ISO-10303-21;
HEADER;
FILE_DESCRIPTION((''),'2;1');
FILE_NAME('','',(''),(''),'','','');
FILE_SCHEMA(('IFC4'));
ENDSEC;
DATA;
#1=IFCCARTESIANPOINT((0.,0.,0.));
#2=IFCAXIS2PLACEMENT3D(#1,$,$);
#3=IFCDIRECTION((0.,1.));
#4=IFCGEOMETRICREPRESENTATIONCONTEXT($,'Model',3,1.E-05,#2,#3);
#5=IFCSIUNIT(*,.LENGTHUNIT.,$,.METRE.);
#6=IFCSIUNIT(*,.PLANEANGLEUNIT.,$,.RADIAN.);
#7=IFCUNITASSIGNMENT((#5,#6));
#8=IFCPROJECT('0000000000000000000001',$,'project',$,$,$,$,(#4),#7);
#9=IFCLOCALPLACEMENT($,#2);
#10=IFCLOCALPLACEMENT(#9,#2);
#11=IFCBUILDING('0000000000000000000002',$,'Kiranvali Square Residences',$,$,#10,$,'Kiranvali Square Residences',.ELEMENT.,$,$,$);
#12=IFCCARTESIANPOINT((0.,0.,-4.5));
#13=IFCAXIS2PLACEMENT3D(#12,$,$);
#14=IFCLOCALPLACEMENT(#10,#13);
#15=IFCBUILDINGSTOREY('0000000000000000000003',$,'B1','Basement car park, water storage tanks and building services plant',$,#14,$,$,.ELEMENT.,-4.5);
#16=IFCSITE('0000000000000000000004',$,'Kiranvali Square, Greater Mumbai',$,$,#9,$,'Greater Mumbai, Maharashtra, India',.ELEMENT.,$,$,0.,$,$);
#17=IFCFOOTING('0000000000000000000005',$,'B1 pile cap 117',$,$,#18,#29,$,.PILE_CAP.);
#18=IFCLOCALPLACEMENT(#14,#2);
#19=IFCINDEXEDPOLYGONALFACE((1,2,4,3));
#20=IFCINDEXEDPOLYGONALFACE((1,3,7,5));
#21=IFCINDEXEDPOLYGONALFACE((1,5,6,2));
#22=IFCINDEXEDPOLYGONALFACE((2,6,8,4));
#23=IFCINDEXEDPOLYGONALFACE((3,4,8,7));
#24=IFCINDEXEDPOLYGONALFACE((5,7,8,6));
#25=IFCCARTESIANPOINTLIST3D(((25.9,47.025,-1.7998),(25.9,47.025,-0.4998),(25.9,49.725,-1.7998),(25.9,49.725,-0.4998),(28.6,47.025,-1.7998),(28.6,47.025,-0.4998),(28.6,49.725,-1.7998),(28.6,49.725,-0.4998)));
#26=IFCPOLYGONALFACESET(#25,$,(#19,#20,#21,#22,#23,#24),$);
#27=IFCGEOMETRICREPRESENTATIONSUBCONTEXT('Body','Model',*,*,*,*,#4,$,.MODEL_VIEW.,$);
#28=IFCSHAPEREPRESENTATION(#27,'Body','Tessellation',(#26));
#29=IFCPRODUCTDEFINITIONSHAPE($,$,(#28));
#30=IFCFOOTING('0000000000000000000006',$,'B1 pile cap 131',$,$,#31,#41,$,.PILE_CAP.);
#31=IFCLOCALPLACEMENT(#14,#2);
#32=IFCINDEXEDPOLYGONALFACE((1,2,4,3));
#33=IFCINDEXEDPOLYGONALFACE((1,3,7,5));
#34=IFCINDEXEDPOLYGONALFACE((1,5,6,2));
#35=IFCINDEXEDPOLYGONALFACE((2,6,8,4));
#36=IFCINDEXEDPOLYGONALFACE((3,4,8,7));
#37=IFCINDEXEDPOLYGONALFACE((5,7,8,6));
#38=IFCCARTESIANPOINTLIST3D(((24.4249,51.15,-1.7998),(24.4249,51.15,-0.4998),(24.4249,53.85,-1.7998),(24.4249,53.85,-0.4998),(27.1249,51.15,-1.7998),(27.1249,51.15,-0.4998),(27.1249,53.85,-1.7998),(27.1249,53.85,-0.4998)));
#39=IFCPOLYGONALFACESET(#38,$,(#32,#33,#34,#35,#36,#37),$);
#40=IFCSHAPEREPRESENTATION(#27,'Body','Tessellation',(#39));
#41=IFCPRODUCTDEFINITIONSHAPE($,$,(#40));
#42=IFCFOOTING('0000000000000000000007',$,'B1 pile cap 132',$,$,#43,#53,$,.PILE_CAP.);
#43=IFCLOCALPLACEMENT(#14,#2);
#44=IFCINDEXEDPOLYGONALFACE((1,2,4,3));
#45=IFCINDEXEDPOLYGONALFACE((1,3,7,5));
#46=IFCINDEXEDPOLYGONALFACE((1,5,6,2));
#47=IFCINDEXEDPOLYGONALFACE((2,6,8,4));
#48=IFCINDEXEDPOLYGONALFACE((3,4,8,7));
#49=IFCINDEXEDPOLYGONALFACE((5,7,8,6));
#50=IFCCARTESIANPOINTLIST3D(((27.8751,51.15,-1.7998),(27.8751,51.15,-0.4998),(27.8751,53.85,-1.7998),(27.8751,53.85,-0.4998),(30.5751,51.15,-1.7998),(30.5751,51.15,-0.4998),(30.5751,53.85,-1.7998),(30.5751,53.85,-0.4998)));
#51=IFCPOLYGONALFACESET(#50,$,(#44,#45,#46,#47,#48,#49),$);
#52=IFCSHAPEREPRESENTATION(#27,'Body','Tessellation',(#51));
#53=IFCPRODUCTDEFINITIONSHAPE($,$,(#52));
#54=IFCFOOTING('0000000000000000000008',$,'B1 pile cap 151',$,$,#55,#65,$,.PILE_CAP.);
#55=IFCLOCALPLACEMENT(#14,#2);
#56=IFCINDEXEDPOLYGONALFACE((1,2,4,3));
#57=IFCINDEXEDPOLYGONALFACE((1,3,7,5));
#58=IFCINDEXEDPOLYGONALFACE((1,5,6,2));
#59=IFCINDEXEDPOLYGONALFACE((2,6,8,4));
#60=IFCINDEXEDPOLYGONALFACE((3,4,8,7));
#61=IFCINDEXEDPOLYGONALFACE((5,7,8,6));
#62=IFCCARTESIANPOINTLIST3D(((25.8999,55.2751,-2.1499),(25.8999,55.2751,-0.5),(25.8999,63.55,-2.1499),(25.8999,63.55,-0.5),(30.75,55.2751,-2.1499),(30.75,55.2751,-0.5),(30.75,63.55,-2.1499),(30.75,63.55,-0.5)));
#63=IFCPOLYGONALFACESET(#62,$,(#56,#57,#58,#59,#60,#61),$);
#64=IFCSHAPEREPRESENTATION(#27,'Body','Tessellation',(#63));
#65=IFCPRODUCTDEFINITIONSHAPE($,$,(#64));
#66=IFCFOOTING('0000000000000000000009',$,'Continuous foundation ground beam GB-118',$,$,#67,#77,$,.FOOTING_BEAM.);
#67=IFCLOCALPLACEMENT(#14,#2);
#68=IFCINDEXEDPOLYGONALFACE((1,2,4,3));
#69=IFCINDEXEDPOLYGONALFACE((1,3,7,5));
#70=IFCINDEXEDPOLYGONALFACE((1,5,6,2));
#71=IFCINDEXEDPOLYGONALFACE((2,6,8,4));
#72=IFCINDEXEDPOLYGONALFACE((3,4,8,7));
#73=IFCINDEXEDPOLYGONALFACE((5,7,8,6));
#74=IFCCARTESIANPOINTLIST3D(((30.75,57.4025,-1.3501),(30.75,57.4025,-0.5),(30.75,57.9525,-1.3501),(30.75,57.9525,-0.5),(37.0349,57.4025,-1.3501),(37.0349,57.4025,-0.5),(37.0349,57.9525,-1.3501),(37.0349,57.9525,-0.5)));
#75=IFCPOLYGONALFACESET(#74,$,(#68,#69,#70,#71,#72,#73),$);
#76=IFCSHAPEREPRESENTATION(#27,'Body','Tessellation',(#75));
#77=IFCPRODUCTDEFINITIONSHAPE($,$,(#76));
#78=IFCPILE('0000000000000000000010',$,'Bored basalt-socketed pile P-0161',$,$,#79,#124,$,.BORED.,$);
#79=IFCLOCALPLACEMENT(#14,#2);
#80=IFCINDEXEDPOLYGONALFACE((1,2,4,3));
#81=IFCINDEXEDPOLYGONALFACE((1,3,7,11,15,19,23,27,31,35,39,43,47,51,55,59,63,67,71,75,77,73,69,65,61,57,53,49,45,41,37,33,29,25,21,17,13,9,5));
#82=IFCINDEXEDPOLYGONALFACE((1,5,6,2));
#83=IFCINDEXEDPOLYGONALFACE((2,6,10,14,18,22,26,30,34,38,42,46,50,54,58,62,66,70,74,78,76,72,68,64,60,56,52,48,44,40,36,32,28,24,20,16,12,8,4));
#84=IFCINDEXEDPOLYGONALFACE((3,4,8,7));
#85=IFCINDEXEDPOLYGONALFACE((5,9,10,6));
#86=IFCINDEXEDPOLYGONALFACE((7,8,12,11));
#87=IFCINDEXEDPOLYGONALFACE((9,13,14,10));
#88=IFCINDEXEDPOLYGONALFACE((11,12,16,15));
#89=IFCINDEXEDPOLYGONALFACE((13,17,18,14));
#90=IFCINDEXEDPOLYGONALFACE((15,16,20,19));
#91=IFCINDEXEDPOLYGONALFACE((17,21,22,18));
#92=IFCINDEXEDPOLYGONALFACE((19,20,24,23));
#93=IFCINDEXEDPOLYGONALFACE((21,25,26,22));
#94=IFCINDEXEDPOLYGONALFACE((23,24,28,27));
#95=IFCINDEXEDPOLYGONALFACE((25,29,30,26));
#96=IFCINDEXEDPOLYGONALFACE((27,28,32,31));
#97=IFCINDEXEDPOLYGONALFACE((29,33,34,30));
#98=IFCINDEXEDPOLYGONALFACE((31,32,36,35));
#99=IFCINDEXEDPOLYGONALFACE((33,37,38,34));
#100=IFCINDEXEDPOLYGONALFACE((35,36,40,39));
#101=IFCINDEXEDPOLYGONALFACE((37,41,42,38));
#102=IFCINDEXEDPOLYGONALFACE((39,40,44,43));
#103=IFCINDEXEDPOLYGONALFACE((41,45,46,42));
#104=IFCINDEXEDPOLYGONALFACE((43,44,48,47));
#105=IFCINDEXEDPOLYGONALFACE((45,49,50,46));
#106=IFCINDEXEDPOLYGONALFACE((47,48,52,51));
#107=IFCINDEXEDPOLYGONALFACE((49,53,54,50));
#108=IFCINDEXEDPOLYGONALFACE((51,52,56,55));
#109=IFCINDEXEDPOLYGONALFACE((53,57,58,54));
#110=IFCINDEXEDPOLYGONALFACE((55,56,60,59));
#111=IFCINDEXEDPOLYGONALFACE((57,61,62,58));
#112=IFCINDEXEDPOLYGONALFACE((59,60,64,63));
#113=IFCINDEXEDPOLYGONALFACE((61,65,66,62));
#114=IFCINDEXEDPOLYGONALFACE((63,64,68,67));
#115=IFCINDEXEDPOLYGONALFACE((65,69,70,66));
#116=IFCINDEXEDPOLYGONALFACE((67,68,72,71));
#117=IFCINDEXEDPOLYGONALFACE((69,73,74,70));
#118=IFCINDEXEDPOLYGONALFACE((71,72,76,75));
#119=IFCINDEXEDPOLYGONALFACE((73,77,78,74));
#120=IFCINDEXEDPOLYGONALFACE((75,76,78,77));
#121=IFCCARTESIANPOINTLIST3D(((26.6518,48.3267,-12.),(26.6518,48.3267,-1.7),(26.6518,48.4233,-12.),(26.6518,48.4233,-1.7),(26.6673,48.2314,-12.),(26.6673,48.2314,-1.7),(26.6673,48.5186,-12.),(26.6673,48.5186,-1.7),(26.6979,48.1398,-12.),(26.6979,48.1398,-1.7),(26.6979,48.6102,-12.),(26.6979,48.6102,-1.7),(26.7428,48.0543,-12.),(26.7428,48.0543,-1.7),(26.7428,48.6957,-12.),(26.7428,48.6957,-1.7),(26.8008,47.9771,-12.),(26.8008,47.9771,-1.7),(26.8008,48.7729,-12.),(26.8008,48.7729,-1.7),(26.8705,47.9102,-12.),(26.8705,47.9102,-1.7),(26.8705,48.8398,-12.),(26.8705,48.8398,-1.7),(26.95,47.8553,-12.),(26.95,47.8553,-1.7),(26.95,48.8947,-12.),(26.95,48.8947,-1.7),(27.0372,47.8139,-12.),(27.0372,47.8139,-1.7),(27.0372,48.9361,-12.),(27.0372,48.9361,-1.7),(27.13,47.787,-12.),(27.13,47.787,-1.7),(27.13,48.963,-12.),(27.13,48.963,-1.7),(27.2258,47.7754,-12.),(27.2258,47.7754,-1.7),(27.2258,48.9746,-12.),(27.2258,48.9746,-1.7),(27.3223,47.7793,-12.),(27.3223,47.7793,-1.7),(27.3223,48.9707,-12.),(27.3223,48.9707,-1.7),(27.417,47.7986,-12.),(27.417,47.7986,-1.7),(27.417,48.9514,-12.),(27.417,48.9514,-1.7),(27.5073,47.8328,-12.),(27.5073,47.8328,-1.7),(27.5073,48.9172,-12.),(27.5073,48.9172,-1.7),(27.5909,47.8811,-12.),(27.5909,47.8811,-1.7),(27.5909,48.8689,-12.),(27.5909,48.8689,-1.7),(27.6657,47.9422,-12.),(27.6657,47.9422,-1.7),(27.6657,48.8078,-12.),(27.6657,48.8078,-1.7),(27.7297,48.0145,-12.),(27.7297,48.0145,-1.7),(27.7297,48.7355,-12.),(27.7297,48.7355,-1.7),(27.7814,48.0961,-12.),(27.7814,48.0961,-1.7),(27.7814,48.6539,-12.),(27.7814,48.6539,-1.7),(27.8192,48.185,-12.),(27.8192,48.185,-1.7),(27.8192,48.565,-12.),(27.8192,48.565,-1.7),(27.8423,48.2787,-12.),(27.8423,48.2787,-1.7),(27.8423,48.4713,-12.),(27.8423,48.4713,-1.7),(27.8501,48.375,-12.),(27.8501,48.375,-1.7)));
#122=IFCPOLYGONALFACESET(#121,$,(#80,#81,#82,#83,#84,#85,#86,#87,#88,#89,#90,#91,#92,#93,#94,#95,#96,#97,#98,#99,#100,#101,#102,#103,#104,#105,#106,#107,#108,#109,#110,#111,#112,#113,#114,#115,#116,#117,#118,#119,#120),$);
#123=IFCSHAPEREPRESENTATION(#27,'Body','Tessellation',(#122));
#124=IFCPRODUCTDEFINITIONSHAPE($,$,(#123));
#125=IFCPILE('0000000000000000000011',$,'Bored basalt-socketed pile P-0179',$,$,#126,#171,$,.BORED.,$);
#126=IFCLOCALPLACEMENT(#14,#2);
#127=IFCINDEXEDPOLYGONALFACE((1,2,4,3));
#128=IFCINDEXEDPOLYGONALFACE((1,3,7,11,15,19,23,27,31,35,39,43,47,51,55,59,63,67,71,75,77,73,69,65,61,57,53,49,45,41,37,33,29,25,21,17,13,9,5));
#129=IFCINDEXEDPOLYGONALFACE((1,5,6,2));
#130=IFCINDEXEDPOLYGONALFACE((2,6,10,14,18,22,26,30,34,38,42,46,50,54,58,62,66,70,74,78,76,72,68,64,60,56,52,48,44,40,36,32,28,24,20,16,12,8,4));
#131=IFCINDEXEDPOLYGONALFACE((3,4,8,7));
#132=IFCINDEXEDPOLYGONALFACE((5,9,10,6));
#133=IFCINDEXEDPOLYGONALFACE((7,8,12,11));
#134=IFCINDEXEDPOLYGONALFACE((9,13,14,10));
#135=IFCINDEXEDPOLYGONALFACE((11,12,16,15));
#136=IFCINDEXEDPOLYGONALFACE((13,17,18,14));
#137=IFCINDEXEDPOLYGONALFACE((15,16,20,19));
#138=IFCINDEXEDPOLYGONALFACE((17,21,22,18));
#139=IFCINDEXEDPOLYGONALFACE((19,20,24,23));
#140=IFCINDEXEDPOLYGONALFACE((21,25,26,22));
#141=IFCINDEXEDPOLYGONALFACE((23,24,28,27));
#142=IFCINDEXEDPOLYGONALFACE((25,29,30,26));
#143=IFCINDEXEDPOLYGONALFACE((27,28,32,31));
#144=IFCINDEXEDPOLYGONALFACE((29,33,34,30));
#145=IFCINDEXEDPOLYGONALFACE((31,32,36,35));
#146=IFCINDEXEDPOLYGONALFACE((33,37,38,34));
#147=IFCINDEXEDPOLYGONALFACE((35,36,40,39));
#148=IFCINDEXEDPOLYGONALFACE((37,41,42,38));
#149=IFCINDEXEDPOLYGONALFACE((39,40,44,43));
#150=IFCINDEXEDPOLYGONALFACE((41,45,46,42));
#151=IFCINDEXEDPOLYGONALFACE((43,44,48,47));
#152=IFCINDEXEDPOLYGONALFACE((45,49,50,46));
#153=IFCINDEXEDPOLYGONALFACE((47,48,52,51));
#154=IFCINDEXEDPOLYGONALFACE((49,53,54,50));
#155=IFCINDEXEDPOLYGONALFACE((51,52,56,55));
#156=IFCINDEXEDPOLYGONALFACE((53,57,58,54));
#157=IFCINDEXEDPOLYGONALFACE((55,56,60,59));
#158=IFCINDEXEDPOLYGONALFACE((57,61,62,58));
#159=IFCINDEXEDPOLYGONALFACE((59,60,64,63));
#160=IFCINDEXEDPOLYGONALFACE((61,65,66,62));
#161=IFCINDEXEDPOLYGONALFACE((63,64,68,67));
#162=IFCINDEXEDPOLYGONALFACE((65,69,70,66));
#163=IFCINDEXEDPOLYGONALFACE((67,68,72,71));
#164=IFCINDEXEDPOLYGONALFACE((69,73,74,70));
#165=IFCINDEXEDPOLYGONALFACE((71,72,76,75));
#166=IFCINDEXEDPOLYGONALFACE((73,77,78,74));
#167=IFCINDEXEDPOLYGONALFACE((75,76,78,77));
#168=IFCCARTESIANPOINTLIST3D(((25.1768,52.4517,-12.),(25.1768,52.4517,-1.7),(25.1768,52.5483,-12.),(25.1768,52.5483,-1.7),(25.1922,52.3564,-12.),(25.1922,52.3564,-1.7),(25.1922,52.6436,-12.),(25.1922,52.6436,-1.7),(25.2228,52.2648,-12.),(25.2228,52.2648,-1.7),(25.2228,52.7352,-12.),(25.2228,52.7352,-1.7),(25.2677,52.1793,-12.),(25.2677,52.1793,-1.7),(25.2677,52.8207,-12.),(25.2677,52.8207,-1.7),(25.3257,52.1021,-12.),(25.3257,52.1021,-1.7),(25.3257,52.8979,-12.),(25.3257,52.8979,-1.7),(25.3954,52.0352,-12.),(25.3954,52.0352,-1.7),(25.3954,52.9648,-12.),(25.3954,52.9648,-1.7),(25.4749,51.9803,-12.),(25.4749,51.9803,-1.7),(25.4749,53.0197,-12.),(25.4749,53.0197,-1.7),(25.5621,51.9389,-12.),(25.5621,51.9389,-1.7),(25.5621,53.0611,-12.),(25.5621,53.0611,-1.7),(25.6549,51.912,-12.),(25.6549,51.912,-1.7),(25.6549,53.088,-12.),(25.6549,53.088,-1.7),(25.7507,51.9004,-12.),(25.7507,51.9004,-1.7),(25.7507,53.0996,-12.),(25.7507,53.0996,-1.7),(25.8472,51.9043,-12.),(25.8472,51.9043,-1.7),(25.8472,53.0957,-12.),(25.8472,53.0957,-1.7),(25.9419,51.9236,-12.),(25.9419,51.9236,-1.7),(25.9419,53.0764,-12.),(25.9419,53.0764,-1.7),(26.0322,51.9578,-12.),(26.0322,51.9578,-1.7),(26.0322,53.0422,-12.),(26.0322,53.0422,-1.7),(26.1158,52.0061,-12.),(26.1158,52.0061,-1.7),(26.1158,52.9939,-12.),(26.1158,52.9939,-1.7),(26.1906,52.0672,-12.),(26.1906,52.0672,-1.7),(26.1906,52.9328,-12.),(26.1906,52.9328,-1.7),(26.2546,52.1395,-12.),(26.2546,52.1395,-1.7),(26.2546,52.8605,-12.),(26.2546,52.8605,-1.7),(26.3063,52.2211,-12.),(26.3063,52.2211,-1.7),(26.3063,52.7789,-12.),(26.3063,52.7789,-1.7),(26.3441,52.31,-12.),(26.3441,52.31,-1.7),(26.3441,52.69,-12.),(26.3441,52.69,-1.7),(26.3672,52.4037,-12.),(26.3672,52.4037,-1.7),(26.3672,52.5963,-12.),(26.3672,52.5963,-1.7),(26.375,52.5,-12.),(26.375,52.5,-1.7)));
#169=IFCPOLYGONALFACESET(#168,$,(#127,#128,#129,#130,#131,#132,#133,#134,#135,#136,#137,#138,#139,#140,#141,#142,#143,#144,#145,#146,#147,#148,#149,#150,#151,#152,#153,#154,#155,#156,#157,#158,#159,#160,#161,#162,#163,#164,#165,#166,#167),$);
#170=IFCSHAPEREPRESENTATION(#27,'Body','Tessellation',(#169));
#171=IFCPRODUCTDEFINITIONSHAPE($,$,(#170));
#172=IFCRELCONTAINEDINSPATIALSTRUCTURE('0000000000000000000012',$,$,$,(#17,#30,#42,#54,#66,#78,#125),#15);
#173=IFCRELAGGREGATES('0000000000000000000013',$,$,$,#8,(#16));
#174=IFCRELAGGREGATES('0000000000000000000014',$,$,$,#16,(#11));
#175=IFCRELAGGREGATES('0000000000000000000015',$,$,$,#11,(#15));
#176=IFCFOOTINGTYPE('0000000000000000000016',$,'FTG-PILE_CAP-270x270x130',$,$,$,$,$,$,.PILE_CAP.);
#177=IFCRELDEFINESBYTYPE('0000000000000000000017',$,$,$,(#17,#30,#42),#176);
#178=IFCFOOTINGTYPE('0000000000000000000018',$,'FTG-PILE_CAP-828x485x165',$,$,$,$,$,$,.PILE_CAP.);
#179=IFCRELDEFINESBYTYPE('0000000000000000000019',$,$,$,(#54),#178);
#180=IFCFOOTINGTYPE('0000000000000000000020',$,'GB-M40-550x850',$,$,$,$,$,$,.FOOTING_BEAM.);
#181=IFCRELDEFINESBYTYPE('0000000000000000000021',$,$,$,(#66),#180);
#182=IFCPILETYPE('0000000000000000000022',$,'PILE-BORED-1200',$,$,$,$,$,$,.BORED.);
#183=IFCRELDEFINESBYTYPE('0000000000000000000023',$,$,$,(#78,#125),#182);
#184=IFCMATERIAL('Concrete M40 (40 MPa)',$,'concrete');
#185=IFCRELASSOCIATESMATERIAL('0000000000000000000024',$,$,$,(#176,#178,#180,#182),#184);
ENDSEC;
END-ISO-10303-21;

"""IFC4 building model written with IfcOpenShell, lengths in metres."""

from ifc_helpers import new_model, si_unit, direction, frame, origin, origin_2d, place, context, subcontext, project, spatial, rectangle, circle, extrude, material, material_profile, profile_set, type_object, element, save


model = new_model("IFC4")

# Units and contexts
model_context = context("Model", 3, precision=1e-05, world=origin(), true_north=direction((0.0, 1.0)))
body_context = subcontext(model_context, "Body", "Model", "MODEL_VIEW")
ifc_project = project(units=[si_unit("LENGTHUNIT", "METRE"), si_unit("PLANEANGLEUNIT", "RADIAN")], contexts=[model_context])

# Site, building, storey
site_placement = place(None, origin())
site = spatial("IfcSite", under=ifc_project, at=site_placement, Name="Kiranvali Square, Greater Mumbai", LongName="Greater Mumbai, Maharashtra, India", CompositionType="ELEMENT", RefElevation=0.0)
building_placement = place(site_placement, origin())
building = spatial("IfcBuilding", under=site, at=building_placement, Name="Kiranvali Square Residences", LongName="Kiranvali Square Residences", CompositionType="ELEMENT")
storey_placement = place(building_placement, frame((0.0, 0.0, -4.5)))
storey = spatial("IfcBuildingStorey", under=building, at=storey_placement, Name="B1", Description="Basement car park, water storage tanks and building services plant", CompositionType="ELEMENT", Elevation=-4.5)

# Footings
ifc_material_1 = material(Name="Concrete M40 (40 MPa)", Category="concrete")
footing_type_1 = type_object("IfcFootingType", Name="FTG-PILE_CAP-270x270x130", PredefinedType="PILE_CAP", material=ifc_material_1)
for number, where, z_axis, x_axis, name in (
    (1, (27.25, 48.375, -1.7998), (0.0, 0.0, 1.0), (1.0, 0.0, 0.0), "B1 pile cap 117"),
    (2, (25.7749, 52.5, -1.7998), (0.0, 0.0, 1.0), (1.0, 0.0, 0.0), "B1 pile cap 131"),
    (3, (29.2251, 52.5, -1.7998), (0.0, 0.0, 1.0), (1.0, 0.0, 0.0), "B1 pile cap 132"),
):
    element("IfcFooting", number, at=place(storey_placement, frame(where, z_axis=z_axis, x_axis=x_axis)), inside=storey, type_object=footing_type_1, Name=name, PredefinedType="PILE_CAP", context=body_context, shape_type="SweptSolid", body=[
        extrude(rectangle(XDim=2.7, YDim=2.7, at=origin_2d()), origin(), (0.0, 0.0, 1.0), 1.3),
    ])
footing_type_2 = type_object("IfcFootingType", Name="FTG-PILE_CAP-828x485x165", PredefinedType="PILE_CAP", material=ifc_material_1)
footing_1_placement = place(storey_placement, frame((28.325, 59.4126, -2.1499), z_axis=(0.0, 0.0, 1.0), x_axis=(0.0, 1.0, 0.0)))
element("IfcFooting", 4, at=footing_1_placement, inside=storey, type_object=footing_type_2, Name="B1 pile cap 151", PredefinedType="PILE_CAP", context=body_context, shape_type="SweptSolid", body=[
    extrude(rectangle(XDim=8.2749, YDim=4.8501, at=origin_2d()), origin(), (0.0, 0.0, 1.0), 1.6499),
])
ifc_material_profile_1 = material_profile(ifc_material_1, rectangle(XDim=0.55, YDim=0.8501, at=origin_2d()), Name="GB 550x850")
ifc_profile_set_1 = profile_set([ifc_material_profile_1], Name="Concrete M40 (40 MPa)")
footing_type_3 = type_object("IfcFootingType", Name="GB-M40-550x850", PredefinedType="FOOTING_BEAM", material=ifc_profile_set_1)
footing_2_placement = place(storey_placement, frame((30.75, 57.6775, -0.925), z_axis=(1.0, 0.0, 0.0), x_axis=(0.0, 1.0, 0.0)))
element("IfcFooting", 5, at=footing_2_placement, inside=storey, type_object=footing_type_3, Name="Continuous foundation ground beam GB-118", PredefinedType="FOOTING_BEAM", context=body_context, shape_type="SweptSolid", body=[
    extrude(rectangle(XDim=0.55, YDim=0.8501, at=origin_2d()), origin(), (0.0, 0.0, 1.0), 6.2849),
])

# Piles
ifc_material_profile_2 = material_profile(ifc_material_1, circle(Radius=0.6001, at=origin_2d()), Name="BORED PILE 1200")
ifc_profile_set_2 = profile_set([ifc_material_profile_2], Name="Concrete M40 (40 MPa)")
pile_type = type_object("IfcPileType", Name="PILE-BORED-1200", PredefinedType="BORED", material=ifc_profile_set_2)
for number, where, z_axis, x_axis, name in (
    (6, (27.25, 48.375, -1.7), (0.0, 0.0, -1.0), (1.0, 0.0, 0.0), "Bored basalt-socketed pile P-0161"),
    (7, (25.7749, 52.5, -1.7), (0.0, 0.0, -1.0), (1.0, 0.0, 0.0), "Bored basalt-socketed pile P-0179"),
):
    element("IfcPile", number, at=place(storey_placement, frame(where, z_axis=z_axis, x_axis=x_axis)), inside=storey, type_object=pile_type, Name=name, PredefinedType="BORED", context=body_context, shape_type="SweptSolid", body=[
        extrude(circle(Radius=0.6001, at=origin_2d()), origin(), (0.0, 0.0, 1.0), 10.3),
    ])

save(model, "model.ifc")
